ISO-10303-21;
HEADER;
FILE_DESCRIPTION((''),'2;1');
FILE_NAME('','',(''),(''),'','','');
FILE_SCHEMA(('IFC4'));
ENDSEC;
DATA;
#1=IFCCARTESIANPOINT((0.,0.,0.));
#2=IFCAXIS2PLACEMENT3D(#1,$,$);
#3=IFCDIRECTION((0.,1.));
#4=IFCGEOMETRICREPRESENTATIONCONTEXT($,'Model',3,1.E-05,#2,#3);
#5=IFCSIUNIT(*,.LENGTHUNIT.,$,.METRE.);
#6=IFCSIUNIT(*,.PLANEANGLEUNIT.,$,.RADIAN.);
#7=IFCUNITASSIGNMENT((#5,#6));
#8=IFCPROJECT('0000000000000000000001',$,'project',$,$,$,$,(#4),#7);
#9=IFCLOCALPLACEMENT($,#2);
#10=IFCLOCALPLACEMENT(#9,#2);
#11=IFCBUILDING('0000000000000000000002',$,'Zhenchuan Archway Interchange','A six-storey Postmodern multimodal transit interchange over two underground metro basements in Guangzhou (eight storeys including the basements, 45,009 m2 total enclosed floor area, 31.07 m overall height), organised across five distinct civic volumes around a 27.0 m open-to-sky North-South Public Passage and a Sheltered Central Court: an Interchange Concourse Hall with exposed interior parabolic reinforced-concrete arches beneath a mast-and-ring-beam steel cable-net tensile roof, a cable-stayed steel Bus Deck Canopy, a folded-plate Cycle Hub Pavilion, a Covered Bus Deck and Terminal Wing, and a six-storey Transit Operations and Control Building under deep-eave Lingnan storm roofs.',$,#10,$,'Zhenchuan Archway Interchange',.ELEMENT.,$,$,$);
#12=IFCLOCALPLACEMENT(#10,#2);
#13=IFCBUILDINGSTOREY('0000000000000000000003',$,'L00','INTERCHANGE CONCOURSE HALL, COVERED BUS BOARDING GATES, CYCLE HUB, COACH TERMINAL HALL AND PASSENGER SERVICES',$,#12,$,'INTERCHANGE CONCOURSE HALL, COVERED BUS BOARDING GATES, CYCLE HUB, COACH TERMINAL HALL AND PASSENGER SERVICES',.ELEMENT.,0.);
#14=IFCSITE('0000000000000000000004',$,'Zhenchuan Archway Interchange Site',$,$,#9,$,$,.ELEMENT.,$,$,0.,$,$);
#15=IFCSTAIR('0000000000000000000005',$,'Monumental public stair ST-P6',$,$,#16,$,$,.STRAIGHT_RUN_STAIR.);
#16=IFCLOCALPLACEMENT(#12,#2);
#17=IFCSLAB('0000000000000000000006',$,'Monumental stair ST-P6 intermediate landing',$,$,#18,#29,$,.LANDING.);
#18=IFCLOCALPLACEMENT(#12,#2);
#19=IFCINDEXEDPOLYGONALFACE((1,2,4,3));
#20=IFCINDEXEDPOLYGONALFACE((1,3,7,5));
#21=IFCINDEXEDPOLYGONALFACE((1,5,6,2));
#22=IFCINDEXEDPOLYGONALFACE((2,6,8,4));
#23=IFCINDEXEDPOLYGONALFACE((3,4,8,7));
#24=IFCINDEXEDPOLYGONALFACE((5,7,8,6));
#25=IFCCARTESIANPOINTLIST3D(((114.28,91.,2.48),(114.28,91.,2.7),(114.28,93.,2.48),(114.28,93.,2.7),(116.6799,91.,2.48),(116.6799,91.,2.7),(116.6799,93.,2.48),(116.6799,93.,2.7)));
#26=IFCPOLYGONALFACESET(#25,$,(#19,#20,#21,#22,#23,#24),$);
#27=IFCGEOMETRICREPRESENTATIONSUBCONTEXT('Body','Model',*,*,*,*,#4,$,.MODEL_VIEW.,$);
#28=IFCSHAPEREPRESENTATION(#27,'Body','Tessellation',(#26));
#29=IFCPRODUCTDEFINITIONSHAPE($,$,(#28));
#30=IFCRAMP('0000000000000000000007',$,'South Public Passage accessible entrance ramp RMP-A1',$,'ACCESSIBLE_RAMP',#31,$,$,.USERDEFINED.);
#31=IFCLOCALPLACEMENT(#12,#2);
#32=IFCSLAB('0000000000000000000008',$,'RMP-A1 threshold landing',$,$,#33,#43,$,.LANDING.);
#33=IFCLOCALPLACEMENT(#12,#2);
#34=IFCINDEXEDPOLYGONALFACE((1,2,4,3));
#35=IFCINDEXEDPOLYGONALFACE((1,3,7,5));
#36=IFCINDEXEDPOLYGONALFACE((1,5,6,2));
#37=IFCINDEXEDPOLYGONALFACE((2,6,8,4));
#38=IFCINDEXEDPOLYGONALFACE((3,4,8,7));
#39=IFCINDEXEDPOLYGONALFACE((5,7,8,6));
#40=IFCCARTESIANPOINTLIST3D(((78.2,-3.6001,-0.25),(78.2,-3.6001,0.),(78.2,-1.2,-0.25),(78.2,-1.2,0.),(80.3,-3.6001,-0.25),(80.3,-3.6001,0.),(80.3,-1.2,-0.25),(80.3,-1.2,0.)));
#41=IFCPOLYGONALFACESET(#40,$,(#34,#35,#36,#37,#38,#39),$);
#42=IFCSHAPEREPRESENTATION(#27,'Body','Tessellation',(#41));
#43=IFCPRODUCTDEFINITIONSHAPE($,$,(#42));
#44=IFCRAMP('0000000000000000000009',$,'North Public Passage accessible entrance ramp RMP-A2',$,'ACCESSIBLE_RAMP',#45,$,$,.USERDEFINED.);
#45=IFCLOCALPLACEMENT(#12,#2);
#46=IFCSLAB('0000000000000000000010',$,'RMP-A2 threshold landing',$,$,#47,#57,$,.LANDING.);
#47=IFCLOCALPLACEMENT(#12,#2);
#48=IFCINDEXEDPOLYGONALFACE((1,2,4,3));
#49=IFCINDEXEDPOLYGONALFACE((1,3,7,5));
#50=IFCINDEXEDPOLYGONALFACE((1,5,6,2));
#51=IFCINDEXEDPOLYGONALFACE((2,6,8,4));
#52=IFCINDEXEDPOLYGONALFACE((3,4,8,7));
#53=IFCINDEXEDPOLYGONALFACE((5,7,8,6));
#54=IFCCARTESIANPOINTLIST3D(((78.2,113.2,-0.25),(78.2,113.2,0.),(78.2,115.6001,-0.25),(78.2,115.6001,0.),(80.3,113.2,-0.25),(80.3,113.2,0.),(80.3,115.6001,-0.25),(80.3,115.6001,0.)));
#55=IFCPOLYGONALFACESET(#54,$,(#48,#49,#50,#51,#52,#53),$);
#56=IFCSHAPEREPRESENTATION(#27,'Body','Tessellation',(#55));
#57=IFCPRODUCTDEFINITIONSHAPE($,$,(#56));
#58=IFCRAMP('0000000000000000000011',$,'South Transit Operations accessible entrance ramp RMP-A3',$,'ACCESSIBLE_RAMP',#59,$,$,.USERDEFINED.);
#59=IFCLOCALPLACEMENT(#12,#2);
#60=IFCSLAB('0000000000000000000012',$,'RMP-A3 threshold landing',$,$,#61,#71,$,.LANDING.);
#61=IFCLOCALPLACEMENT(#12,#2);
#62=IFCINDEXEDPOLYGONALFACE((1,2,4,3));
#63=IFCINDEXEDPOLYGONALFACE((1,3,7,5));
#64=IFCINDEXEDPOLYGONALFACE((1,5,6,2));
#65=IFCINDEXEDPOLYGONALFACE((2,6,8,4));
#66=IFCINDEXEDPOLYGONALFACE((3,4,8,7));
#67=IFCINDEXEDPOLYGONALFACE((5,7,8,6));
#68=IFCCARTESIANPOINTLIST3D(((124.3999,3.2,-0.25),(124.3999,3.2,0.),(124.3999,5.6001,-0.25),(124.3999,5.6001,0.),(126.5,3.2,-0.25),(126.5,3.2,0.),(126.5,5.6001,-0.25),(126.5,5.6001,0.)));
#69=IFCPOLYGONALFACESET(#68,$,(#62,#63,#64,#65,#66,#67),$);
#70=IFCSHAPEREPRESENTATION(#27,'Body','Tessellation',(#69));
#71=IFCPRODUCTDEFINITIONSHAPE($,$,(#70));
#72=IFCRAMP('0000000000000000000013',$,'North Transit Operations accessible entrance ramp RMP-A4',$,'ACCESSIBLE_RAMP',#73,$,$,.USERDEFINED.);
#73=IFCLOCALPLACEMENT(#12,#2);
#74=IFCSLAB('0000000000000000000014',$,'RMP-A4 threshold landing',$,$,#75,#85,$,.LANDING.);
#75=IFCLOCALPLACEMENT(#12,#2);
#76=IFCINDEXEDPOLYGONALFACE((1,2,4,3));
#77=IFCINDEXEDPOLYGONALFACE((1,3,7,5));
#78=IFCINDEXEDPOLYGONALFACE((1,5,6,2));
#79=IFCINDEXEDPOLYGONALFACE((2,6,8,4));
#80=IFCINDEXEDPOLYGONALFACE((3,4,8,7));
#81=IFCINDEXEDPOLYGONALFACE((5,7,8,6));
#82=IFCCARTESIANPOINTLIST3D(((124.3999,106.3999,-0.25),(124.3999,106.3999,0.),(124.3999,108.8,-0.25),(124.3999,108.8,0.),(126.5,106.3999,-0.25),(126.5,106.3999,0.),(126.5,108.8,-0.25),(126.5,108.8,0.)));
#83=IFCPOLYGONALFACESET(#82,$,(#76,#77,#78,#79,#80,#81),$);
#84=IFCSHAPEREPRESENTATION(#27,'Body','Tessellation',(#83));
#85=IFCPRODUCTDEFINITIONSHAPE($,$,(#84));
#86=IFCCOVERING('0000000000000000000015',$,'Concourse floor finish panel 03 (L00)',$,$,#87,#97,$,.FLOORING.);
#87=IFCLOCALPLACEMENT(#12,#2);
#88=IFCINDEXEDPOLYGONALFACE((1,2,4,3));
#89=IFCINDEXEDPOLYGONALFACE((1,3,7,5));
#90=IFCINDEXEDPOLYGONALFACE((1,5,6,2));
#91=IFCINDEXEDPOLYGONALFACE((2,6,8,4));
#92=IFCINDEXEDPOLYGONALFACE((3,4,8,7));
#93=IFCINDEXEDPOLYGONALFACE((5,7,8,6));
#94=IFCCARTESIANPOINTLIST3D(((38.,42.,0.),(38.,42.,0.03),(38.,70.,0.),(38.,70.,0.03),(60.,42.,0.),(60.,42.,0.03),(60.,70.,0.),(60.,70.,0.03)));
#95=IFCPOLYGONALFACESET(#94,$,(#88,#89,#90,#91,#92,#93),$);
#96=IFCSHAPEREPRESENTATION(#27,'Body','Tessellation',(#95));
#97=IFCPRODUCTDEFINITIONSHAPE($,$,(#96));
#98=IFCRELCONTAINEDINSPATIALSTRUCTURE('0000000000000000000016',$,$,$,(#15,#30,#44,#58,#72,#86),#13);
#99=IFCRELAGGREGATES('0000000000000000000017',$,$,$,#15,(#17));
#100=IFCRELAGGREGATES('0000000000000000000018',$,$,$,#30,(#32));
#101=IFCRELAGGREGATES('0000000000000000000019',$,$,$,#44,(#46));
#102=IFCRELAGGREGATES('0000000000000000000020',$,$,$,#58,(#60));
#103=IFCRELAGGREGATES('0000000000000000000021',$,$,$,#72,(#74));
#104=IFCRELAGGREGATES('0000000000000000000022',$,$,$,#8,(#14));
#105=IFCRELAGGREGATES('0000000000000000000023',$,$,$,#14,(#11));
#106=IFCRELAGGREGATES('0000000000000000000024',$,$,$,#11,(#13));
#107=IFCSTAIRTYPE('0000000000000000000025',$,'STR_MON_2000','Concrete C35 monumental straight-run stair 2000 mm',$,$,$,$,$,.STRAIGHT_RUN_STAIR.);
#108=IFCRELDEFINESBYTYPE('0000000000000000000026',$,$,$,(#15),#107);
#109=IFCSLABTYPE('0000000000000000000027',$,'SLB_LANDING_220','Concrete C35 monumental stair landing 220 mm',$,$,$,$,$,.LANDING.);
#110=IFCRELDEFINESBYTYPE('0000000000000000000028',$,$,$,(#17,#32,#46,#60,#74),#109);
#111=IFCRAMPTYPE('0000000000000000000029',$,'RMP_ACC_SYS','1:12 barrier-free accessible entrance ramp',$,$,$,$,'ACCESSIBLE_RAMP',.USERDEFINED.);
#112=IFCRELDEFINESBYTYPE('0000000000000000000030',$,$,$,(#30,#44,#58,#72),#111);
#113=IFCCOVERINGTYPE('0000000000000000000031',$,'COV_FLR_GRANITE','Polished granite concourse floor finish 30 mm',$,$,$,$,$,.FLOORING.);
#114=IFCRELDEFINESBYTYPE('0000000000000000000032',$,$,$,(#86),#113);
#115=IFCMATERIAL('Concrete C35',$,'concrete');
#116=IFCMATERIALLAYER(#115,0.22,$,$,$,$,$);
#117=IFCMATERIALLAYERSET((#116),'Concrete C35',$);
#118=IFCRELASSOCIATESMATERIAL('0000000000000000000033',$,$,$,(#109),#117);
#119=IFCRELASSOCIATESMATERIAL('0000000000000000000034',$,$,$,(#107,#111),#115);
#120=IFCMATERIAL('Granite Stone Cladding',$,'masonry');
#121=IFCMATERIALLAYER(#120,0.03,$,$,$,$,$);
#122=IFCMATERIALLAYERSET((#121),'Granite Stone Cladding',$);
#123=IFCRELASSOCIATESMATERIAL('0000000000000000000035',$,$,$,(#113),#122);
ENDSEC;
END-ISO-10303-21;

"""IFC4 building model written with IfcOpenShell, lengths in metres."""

from ifc_helpers import new_model, si_unit, direction, frame, origin, place, context, subcontext, project, spatial, polyline, outline, extrude, material, layer, layer_set, type_object, element, aggregate, save


model = new_model("IFC4")

# Units and contexts
model_context = context("Model", 3, precision=1e-05, world=origin(), true_north=direction((0.0, 1.0)))
body_context = subcontext(model_context, "Body", "Model", "MODEL_VIEW")
ifc_project = project(units=[si_unit("LENGTHUNIT", "METRE"), si_unit("PLANEANGLEUNIT", "RADIAN")], contexts=[model_context])

# Site, building, storey
site_placement = place(None, origin())
site = spatial("IfcSite", under=ifc_project, at=site_placement, Name="Zhenchuan Archway Interchange Site", CompositionType="ELEMENT", RefElevation=0.0)
building_placement = place(site_placement, origin())
building = spatial("IfcBuilding", under=site, at=building_placement, Name="Zhenchuan Archway Interchange", Description="A six-storey Postmodern multimodal transit interchange over two underground metro basements in Guangzhou (eight storeys including the basements, 45,009 m2 total enclosed floor area, 31.07 m overall height), organised across five distinct civic volumes around a 27.0 m open-to-sky North-South Public Passage and a Sheltered Central Court: an Interchange Concourse Hall with exposed interior parabolic reinforced-concrete arches beneath a mast-and-ring-beam steel cable-net tensile roof, a cable-stayed steel Bus Deck Canopy, a folded-plate Cycle Hub Pavilion, a Covered Bus Deck and Terminal Wing, and a six-storey Transit Operations and Control Building under deep-eave Lingnan storm roofs.", LongName="Zhenchuan Archway Interchange", CompositionType="ELEMENT")
storey_placement = place(building_placement, origin())
storey = spatial("IfcBuildingStorey", under=building, at=storey_placement, Name="L00", Description="INTERCHANGE CONCOURSE HALL, COVERED BUS BOARDING GATES, CYCLE HUB, COACH TERMINAL HALL AND PASSENGER SERVICES", LongName="INTERCHANGE CONCOURSE HALL, COVERED BUS BOARDING GATES, CYCLE HUB, COACH TERMINAL HALL AND PASSENGER SERVICES", CompositionType="ELEMENT", Elevation=0.0)

# Stair, slab
ifc_material_1 = material(Name="Concrete C35", Category="concrete")
ifc_layer_1 = layer(ifc_material_1, 0.22)
ifc_layer_set_1 = layer_set([ifc_layer_1], Name="Concrete C35")
slab_type_1 = type_object("IfcSlabType", Name="SLB_LANDING_220", Description="Concrete C35 monumental stair landing 220 mm", PredefinedType="LANDING", material=ifc_layer_set_1)
stair_type_1 = type_object("IfcStairType", Name="STR_MON_2000", Description="Concrete C35 monumental straight-run stair 2000 mm", PredefinedType="STRAIGHT_RUN_STAIR", material=ifc_material_1)
stair_1_placement = place(storey_placement, origin())
stair_1 = element("IfcStair", 1, at=stair_1_placement, inside=storey, type_object=stair_type_1, Name="Monumental public stair ST-P6", PredefinedType="STRAIGHT_RUN_STAIR")
slab_1_placement = place(storey_placement, frame((0.0, 0.0, 2.48)))
slab_1 = element("IfcSlab", 2, at=slab_1_placement, type_object=slab_type_1, Name="Monumental stair ST-P6 intermediate landing", PredefinedType="LANDING", context=body_context, shape_type="SweptSolid", body=[
    extrude(outline(polyline([(114.28, 91.0), (116.6799, 91.0), (116.6799, 93.0), (114.28, 93.0), (114.28, 91.0)])), origin(), (0.0, 0.0, 1.0), 0.22),
])
aggregate(stair_1, [slab_1])

# Ramps, slabs
ramp_type = type_object("IfcRampType", Name="RMP_ACC_SYS", Description="1:12 barrier-free accessible entrance ramp", ElementType="ACCESSIBLE_RAMP", PredefinedType="USERDEFINED", material=ifc_material_1)
ramp_1_placement = place(storey_placement, origin())
ramp_1 = element("IfcRamp", 3, at=ramp_1_placement, inside=storey, type_object=ramp_type, Name="South Public Passage accessible entrance ramp RMP-A1", ObjectType="ACCESSIBLE_RAMP", PredefinedType="USERDEFINED")
slab_2_placement = place(storey_placement, frame((0.0, 0.0, -0.25)))
slab_2 = element("IfcSlab", 4, at=slab_2_placement, type_object=slab_type_1, Name="RMP-A1 threshold landing", PredefinedType="LANDING", context=body_context, shape_type="SweptSolid", body=[
    extrude(outline(polyline([(78.2, -3.6001), (80.3, -3.6001), (80.3, -1.2), (78.2, -1.2), (78.2, -3.6001)])), origin(), (0.0, 0.0, 1.0), 0.25),
])
aggregate(ramp_1, [slab_2])
ramp_2_placement = place(storey_placement, origin())
ramp_2 = element("IfcRamp", 5, at=ramp_2_placement, inside=storey, type_object=ramp_type, Name="North Public Passage accessible entrance ramp RMP-A2", ObjectType="ACCESSIBLE_RAMP", PredefinedType="USERDEFINED")
slab_3_placement = place(storey_placement, frame((0.0, 0.0, -0.25)))
slab_3 = element("IfcSlab", 6, at=slab_3_placement, type_object=slab_type_1, Name="RMP-A2 threshold landing", PredefinedType="LANDING", context=body_context, shape_type="SweptSolid", body=[
    extrude(outline(polyline([(78.2, 113.2), (80.3, 113.2), (80.3, 115.6001), (78.2, 115.6001), (78.2, 113.2)])), origin(), (0.0, 0.0, 1.0), 0.25),
])
aggregate(ramp_2, [slab_3])
ramp_3_placement = place(storey_placement, origin())
ramp_3 = element("IfcRamp", 7, at=ramp_3_placement, inside=storey, type_object=ramp_type, Name="South Transit Operations accessible entrance ramp RMP-A3", ObjectType="ACCESSIBLE_RAMP", PredefinedType="USERDEFINED")
slab_4_placement = place(storey_placement, frame((0.0, 0.0, -0.25)))
slab_4 = element("IfcSlab", 8, at=slab_4_placement, type_object=slab_type_1, Name="RMP-A3 threshold landing", PredefinedType="LANDING", context=body_context, shape_type="SweptSolid", body=[
    extrude(outline(polyline([(124.3999, 3.2), (126.5, 3.2), (126.5, 5.6001), (124.3999, 5.6001), (124.3999, 3.2)])), origin(), (0.0, 0.0, 1.0), 0.25),
])
aggregate(ramp_3, [slab_4])
ramp_4_placement = place(storey_placement, origin())
ramp_4 = element("IfcRamp", 9, at=ramp_4_placement, inside=storey, type_object=ramp_type, Name="North Transit Operations accessible entrance ramp RMP-A4", ObjectType="ACCESSIBLE_RAMP", PredefinedType="USERDEFINED")
slab_5_placement = place(storey_placement, frame((0.0, 0.0, -0.25)))
slab_5 = element("IfcSlab", 10, at=slab_5_placement, type_object=slab_type_1, Name="RMP-A4 threshold landing", PredefinedType="LANDING", context=body_context, shape_type="SweptSolid", body=[
    extrude(outline(polyline([(124.3999, 106.3999), (126.5, 106.3999), (126.5, 108.8), (124.3999, 108.8), (124.3999, 106.3999)])), origin(), (0.0, 0.0, 1.0), 0.25),
])
aggregate(ramp_4, [slab_5])

# Covering
ifc_material_2 = material(Name="Granite Stone Cladding", Category="masonry")
ifc_layer_2 = layer(ifc_material_2, 0.03)
ifc_layer_set_2 = layer_set([ifc_layer_2], Name="Granite Stone Cladding")
covering_type = type_object("IfcCoveringType", Name="COV_FLR_GRANITE", Description="Polished granite concourse floor finish 30 mm", PredefinedType="FLOORING", material=ifc_layer_set_2)
covering_placement = place(storey_placement, origin())
element("IfcCovering", 11, at=covering_placement, inside=storey, type_object=covering_type, Name="Concourse floor finish panel 03 (L00)", PredefinedType="FLOORING", context=body_context, shape_type="SweptSolid", body=[
    extrude(outline(polyline([(38.0, 42.0), (60.0, 42.0), (60.0, 70.0), (38.0, 70.0), (38.0, 42.0)])), origin(), (0.0, 0.0, 1.0), 0.03),
])

save(model, "model.ifc")
